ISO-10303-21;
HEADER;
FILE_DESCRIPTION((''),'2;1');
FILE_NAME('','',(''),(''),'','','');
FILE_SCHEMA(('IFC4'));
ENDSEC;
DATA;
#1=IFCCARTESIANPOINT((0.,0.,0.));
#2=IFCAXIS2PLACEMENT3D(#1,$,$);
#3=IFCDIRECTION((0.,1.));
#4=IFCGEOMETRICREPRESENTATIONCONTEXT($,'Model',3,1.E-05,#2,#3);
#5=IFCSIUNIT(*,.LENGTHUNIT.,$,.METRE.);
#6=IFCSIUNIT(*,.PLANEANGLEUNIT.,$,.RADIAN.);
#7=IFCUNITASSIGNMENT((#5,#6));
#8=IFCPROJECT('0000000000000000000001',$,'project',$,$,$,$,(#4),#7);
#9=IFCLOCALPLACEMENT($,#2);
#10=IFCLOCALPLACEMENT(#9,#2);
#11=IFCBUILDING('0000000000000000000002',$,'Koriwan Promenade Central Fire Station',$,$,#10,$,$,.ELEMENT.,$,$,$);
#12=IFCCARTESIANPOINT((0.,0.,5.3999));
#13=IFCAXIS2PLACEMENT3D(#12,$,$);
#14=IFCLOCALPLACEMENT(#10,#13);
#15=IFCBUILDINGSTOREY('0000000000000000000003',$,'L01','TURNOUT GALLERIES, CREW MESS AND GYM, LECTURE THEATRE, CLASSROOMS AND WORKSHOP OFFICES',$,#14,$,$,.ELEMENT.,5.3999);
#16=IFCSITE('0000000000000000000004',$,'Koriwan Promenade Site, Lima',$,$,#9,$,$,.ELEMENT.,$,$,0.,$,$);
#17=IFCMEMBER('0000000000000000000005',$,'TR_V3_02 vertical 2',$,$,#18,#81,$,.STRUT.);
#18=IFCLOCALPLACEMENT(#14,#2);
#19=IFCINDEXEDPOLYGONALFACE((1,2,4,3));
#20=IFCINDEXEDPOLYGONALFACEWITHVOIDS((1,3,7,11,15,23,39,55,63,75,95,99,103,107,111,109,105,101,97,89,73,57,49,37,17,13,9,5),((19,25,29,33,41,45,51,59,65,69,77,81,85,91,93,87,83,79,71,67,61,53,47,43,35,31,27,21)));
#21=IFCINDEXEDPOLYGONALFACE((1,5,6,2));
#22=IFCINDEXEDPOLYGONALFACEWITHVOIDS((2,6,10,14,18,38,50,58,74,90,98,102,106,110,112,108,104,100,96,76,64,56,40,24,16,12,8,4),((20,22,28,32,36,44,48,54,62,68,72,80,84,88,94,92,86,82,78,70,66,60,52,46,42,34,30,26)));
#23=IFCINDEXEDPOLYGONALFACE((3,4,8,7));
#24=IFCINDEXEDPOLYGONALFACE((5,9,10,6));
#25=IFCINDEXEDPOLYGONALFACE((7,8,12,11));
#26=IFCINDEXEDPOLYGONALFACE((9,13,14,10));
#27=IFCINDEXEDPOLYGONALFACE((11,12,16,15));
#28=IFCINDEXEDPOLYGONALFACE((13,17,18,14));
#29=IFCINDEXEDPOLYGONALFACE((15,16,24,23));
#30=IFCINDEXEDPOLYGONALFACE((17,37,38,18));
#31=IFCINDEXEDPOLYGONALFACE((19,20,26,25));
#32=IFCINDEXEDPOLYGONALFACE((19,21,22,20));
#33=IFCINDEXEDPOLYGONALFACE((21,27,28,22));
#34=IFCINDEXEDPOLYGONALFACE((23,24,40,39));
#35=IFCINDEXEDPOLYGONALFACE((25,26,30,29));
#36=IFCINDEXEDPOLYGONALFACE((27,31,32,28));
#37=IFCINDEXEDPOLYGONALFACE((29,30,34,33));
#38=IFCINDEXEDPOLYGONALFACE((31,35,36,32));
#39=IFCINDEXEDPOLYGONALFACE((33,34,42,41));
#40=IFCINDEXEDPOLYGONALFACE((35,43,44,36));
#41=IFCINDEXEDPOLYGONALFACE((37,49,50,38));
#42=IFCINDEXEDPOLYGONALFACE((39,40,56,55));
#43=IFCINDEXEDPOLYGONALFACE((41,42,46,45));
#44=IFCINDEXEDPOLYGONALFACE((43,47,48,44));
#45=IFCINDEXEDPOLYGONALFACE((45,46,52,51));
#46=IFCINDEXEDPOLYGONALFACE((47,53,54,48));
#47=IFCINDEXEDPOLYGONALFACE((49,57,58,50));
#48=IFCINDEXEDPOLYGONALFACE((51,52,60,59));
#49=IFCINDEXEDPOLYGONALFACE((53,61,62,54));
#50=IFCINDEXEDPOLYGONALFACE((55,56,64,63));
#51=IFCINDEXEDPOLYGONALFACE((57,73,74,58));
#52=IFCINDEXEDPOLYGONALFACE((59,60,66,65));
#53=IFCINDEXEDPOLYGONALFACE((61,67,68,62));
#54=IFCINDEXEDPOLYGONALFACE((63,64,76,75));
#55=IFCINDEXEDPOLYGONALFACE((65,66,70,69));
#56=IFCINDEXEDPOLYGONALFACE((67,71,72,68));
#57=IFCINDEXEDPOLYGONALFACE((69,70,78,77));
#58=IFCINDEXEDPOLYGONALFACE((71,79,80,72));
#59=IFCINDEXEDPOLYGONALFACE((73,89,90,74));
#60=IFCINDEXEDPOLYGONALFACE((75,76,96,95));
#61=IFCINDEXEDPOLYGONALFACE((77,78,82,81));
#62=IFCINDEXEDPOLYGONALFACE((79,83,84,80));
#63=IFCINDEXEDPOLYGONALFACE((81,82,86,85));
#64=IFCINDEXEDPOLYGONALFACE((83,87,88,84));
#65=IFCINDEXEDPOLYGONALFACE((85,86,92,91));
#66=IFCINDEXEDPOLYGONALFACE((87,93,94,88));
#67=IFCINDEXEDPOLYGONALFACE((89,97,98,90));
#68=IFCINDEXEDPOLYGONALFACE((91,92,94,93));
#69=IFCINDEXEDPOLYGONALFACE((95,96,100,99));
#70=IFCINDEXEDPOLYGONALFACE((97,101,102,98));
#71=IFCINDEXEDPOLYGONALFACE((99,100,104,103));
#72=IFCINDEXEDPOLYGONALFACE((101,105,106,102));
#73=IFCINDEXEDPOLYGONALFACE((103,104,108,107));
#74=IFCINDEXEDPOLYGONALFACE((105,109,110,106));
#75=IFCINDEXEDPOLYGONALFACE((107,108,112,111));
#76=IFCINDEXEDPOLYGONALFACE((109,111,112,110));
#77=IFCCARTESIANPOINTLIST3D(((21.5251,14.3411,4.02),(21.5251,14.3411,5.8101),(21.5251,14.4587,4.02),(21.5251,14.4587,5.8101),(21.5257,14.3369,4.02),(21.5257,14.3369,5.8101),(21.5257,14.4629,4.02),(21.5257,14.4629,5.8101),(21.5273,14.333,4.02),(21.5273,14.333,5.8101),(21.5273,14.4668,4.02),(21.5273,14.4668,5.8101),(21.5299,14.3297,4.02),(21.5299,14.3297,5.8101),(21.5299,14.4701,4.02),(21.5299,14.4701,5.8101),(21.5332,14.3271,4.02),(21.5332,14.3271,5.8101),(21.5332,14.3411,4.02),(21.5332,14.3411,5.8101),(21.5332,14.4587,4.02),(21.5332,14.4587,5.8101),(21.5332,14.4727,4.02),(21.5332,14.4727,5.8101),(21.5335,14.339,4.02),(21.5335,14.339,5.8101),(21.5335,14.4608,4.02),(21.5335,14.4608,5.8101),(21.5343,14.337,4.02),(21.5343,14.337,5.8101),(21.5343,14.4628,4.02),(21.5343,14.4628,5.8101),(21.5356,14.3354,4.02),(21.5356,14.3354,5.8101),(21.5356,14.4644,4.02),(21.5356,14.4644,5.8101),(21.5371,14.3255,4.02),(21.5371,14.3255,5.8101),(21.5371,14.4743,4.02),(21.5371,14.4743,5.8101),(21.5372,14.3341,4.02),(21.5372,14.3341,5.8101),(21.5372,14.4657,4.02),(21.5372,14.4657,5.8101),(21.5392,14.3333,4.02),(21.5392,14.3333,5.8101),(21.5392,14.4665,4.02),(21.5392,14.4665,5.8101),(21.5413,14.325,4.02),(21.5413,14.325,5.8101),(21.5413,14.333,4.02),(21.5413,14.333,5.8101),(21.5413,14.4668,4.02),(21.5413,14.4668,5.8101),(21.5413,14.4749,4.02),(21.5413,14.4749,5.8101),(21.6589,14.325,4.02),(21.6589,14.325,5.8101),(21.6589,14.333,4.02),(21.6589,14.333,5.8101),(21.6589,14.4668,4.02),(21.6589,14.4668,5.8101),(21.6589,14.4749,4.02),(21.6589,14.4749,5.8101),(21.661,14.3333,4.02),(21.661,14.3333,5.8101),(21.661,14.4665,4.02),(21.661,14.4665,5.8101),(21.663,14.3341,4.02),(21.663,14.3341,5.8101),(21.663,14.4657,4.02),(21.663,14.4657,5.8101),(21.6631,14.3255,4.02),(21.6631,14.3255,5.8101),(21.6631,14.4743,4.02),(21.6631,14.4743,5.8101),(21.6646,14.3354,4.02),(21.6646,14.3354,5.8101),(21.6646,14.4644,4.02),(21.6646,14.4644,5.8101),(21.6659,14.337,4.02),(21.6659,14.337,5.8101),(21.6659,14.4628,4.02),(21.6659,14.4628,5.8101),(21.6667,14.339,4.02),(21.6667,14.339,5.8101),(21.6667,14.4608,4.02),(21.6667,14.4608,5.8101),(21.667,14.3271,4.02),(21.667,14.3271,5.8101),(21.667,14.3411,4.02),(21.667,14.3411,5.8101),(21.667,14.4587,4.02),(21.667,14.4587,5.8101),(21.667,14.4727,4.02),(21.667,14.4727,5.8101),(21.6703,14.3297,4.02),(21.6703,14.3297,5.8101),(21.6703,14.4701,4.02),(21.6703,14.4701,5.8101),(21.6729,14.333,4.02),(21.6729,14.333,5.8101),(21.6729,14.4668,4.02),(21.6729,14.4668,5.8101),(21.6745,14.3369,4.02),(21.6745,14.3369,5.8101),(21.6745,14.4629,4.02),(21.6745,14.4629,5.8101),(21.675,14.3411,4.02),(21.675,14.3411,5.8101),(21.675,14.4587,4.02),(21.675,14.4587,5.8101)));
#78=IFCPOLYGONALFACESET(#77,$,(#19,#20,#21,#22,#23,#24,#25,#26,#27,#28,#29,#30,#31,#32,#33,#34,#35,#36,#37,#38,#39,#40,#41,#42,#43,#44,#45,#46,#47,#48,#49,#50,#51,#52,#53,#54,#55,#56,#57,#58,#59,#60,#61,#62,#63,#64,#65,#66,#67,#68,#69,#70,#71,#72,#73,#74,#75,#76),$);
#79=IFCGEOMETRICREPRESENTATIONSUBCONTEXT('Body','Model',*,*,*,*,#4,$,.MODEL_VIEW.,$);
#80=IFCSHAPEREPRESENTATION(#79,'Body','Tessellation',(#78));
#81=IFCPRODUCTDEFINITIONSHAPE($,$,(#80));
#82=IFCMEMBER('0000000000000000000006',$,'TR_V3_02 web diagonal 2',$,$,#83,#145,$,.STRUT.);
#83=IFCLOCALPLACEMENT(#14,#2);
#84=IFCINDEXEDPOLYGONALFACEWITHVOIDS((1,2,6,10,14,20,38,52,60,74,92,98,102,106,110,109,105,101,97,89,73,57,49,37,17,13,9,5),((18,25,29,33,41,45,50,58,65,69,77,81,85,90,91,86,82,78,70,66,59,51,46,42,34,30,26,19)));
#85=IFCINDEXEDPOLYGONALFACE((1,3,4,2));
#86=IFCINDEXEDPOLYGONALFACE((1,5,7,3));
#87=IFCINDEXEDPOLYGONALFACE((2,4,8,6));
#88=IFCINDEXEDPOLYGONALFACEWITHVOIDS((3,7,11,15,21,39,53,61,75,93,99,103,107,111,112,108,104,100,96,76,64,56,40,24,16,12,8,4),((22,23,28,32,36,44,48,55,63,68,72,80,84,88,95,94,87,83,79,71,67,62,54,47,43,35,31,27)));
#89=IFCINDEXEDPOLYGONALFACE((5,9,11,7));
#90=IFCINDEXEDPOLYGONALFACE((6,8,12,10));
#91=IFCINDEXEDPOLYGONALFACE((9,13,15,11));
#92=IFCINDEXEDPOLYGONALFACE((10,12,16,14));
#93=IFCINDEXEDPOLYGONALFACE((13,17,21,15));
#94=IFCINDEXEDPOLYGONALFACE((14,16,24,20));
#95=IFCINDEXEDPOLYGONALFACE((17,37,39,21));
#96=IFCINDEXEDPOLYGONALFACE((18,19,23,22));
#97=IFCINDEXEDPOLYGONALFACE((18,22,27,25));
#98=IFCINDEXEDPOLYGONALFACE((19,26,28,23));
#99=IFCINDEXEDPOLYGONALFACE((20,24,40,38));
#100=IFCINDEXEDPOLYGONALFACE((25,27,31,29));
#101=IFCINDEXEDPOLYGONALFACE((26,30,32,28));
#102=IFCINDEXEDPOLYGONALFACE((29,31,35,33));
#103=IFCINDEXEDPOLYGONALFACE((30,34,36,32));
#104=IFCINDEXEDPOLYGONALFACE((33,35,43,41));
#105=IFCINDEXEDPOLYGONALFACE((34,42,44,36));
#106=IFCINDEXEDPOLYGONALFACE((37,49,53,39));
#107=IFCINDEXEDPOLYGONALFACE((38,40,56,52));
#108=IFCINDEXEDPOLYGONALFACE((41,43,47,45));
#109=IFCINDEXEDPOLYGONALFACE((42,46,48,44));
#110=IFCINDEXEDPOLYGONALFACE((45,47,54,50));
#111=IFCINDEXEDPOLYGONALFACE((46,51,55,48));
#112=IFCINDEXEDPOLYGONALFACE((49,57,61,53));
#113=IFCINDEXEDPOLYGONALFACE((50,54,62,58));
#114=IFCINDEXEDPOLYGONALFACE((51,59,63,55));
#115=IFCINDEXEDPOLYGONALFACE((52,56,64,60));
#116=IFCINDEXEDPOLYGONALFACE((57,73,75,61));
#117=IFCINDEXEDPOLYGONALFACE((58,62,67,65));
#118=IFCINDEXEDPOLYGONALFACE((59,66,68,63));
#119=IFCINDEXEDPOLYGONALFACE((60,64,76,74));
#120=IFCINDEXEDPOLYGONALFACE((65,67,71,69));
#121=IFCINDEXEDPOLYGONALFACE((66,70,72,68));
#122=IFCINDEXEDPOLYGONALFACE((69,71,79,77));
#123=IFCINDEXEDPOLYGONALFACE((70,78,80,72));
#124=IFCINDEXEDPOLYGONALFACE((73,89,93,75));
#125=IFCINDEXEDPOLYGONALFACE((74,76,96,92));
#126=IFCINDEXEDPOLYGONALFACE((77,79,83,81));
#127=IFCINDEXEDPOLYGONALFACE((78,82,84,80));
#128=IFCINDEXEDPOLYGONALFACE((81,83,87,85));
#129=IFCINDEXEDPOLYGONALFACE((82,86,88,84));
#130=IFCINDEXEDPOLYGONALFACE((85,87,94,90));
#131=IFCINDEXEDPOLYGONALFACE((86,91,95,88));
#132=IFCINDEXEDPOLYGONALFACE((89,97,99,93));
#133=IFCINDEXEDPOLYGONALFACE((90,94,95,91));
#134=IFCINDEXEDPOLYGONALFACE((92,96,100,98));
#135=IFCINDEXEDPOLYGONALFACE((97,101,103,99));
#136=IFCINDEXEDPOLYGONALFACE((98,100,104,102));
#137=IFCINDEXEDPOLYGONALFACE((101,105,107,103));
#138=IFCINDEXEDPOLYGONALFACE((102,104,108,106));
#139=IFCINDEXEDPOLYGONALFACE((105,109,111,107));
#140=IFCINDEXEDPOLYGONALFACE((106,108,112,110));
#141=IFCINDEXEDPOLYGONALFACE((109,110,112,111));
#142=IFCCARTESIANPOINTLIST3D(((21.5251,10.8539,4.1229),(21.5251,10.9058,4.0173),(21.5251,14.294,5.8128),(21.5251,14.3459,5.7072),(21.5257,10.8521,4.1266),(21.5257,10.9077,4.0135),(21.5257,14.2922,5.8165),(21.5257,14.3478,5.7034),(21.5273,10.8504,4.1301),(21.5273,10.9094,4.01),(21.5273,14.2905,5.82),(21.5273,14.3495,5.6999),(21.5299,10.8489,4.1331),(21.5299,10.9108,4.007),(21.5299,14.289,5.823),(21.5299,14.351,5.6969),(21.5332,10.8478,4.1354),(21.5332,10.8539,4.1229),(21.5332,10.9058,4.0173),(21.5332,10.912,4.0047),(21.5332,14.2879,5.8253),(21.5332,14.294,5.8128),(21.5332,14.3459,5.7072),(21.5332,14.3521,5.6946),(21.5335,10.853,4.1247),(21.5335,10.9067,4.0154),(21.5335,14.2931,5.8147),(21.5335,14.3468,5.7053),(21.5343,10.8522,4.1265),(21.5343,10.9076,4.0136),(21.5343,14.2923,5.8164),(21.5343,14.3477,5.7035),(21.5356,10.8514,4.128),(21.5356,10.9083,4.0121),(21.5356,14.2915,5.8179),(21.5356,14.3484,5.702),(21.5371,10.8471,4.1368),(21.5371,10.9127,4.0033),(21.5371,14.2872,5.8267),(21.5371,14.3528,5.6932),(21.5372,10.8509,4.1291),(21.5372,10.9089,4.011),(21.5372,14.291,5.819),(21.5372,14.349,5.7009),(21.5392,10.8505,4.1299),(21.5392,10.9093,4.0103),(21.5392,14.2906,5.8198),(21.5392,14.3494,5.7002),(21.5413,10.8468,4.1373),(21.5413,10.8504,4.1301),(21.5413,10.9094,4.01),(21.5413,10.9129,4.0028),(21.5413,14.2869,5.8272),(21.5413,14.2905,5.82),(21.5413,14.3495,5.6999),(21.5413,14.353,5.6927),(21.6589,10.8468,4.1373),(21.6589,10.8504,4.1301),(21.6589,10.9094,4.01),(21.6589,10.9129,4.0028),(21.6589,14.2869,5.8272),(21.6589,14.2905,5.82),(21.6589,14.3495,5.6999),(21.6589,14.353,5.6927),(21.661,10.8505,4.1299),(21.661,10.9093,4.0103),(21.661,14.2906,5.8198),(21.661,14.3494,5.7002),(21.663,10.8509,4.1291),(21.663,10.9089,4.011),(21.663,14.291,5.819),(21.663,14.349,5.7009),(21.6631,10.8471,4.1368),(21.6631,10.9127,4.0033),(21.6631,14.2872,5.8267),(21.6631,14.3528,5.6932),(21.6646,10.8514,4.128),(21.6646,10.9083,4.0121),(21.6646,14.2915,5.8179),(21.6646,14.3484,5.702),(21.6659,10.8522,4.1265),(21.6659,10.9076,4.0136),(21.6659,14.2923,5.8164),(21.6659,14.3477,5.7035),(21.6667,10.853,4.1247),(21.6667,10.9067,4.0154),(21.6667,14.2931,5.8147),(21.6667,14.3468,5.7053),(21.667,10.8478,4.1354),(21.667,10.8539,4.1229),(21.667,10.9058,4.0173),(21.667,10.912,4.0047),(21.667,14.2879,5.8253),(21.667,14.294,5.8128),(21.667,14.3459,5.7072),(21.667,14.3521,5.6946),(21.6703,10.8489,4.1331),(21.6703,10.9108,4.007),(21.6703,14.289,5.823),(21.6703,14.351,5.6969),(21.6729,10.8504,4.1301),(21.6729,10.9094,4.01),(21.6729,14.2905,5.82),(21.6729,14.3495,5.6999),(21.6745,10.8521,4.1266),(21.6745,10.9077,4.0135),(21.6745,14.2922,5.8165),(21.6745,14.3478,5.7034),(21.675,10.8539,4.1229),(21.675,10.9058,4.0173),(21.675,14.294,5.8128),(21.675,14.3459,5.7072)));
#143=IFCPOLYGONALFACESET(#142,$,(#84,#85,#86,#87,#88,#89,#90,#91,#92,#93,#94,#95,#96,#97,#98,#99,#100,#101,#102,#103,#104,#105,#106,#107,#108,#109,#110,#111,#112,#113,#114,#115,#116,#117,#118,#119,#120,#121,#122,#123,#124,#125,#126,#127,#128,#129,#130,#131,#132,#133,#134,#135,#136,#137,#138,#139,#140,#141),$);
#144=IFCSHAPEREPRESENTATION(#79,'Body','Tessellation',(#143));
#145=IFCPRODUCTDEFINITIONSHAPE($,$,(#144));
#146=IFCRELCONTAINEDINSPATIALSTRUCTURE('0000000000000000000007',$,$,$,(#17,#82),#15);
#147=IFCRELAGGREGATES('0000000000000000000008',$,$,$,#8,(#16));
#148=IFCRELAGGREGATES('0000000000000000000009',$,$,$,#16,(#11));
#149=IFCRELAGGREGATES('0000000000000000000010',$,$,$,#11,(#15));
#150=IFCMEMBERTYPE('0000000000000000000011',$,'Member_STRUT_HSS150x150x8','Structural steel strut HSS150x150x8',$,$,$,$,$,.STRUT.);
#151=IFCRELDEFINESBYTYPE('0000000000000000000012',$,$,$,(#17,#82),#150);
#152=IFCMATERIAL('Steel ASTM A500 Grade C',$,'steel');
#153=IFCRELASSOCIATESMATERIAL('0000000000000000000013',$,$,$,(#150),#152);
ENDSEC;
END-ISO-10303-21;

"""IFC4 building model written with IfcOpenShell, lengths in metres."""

from ifc_helpers import new_model, si_unit, direction, frame, origin, origin_2d, place, context, subcontext, project, spatial, hollow_rectangle, extrude, material, material_profile, profile_set, type_object, element, save


model = new_model("IFC4")

# Units and contexts
model_context = context("Model", 3, precision=1e-05, world=origin(), true_north=direction((0.0, 1.0)))
body_context = subcontext(model_context, "Body", "Model", "MODEL_VIEW")
ifc_project = project(units=[si_unit("LENGTHUNIT", "METRE"), si_unit("PLANEANGLEUNIT", "RADIAN")], contexts=[model_context])

# Site, building, storey
site_placement = place(None, origin())
site = spatial("IfcSite", under=ifc_project, at=site_placement, Name="Koriwan Promenade Site, Lima", CompositionType="ELEMENT", RefElevation=0.0)
building_placement = place(site_placement, origin())
building = spatial("IfcBuilding", under=site, at=building_placement, Name="Koriwan Promenade Central Fire Station", CompositionType="ELEMENT")
storey_placement = place(building_placement, frame((0.0, 0.0, 5.3999)))
storey = spatial("IfcBuildingStorey", under=building, at=storey_placement, Name="L01", Description="TURNOUT GALLERIES, CREW MESS AND GYM, LECTURE THEATRE, CLASSROOMS AND WORKSHOP OFFICES", CompositionType="ELEMENT", Elevation=5.3999)

# Members
ifc_material_1 = material(Name="Steel ASTM A500 Grade C", Category="steel")
ifc_material_profile_1 = material_profile(ifc_material_1, hollow_rectangle(XDim=0.1499, YDim=0.1499, WallThickness=0.0081, InnerFilletRadius=0.0081, OuterFilletRadius=0.0161, at=origin_2d()), Name="HSS150x150x8")
ifc_profile_set_1 = profile_set([ifc_material_profile_1], Name="Steel ASTM A500 Grade C")
member_type_1 = type_object("IfcMemberType", Name="Member_STRUT_HSS150x150x8", Description="Structural steel strut HSS150x150x8", PredefinedType="STRUT", material=ifc_profile_set_1)
member_1_placement = place(storey_placement, frame((21.6001, 14.3999, 4.02), z_axis=(0.0, 0.0, 1.0), x_axis=(1.0, 0.0, 0.0)))
element("IfcMember", 1, at=member_1_placement, inside=storey, type_object=member_type_1, Name="TR_V3_02 vertical 2", PredefinedType="STRUT", context=body_context, shape_type="SweptSolid", body=[
    extrude(hollow_rectangle(XDim=0.1499, YDim=0.1499, WallThickness=0.0081, InnerFilletRadius=0.0081, OuterFilletRadius=0.0161, at=origin_2d()), origin(), (0.0, 0.0, 1.0), 1.79),
])
member_2_placement = place(storey_placement, frame((21.6001, 10.8799, 4.0701), z_axis=(0.0, 0.897552, 0.440909), x_axis=(-1.0, 0.0, 0.0)))
element("IfcMember", 2, at=member_2_placement, inside=storey, type_object=member_type_1, Name="TR_V3_02 web diagonal 2", PredefinedType="STRUT", context=body_context, shape_type="SweptSolid", body=[
    extrude(hollow_rectangle(XDim=0.1499, YDim=0.1499, WallThickness=0.0081, InnerFilletRadius=0.0081, OuterFilletRadius=0.0161, at=origin_2d()), origin(), (0.0, 0.0, 1.0), 3.8328),
])

save(model, "model.ifc")
